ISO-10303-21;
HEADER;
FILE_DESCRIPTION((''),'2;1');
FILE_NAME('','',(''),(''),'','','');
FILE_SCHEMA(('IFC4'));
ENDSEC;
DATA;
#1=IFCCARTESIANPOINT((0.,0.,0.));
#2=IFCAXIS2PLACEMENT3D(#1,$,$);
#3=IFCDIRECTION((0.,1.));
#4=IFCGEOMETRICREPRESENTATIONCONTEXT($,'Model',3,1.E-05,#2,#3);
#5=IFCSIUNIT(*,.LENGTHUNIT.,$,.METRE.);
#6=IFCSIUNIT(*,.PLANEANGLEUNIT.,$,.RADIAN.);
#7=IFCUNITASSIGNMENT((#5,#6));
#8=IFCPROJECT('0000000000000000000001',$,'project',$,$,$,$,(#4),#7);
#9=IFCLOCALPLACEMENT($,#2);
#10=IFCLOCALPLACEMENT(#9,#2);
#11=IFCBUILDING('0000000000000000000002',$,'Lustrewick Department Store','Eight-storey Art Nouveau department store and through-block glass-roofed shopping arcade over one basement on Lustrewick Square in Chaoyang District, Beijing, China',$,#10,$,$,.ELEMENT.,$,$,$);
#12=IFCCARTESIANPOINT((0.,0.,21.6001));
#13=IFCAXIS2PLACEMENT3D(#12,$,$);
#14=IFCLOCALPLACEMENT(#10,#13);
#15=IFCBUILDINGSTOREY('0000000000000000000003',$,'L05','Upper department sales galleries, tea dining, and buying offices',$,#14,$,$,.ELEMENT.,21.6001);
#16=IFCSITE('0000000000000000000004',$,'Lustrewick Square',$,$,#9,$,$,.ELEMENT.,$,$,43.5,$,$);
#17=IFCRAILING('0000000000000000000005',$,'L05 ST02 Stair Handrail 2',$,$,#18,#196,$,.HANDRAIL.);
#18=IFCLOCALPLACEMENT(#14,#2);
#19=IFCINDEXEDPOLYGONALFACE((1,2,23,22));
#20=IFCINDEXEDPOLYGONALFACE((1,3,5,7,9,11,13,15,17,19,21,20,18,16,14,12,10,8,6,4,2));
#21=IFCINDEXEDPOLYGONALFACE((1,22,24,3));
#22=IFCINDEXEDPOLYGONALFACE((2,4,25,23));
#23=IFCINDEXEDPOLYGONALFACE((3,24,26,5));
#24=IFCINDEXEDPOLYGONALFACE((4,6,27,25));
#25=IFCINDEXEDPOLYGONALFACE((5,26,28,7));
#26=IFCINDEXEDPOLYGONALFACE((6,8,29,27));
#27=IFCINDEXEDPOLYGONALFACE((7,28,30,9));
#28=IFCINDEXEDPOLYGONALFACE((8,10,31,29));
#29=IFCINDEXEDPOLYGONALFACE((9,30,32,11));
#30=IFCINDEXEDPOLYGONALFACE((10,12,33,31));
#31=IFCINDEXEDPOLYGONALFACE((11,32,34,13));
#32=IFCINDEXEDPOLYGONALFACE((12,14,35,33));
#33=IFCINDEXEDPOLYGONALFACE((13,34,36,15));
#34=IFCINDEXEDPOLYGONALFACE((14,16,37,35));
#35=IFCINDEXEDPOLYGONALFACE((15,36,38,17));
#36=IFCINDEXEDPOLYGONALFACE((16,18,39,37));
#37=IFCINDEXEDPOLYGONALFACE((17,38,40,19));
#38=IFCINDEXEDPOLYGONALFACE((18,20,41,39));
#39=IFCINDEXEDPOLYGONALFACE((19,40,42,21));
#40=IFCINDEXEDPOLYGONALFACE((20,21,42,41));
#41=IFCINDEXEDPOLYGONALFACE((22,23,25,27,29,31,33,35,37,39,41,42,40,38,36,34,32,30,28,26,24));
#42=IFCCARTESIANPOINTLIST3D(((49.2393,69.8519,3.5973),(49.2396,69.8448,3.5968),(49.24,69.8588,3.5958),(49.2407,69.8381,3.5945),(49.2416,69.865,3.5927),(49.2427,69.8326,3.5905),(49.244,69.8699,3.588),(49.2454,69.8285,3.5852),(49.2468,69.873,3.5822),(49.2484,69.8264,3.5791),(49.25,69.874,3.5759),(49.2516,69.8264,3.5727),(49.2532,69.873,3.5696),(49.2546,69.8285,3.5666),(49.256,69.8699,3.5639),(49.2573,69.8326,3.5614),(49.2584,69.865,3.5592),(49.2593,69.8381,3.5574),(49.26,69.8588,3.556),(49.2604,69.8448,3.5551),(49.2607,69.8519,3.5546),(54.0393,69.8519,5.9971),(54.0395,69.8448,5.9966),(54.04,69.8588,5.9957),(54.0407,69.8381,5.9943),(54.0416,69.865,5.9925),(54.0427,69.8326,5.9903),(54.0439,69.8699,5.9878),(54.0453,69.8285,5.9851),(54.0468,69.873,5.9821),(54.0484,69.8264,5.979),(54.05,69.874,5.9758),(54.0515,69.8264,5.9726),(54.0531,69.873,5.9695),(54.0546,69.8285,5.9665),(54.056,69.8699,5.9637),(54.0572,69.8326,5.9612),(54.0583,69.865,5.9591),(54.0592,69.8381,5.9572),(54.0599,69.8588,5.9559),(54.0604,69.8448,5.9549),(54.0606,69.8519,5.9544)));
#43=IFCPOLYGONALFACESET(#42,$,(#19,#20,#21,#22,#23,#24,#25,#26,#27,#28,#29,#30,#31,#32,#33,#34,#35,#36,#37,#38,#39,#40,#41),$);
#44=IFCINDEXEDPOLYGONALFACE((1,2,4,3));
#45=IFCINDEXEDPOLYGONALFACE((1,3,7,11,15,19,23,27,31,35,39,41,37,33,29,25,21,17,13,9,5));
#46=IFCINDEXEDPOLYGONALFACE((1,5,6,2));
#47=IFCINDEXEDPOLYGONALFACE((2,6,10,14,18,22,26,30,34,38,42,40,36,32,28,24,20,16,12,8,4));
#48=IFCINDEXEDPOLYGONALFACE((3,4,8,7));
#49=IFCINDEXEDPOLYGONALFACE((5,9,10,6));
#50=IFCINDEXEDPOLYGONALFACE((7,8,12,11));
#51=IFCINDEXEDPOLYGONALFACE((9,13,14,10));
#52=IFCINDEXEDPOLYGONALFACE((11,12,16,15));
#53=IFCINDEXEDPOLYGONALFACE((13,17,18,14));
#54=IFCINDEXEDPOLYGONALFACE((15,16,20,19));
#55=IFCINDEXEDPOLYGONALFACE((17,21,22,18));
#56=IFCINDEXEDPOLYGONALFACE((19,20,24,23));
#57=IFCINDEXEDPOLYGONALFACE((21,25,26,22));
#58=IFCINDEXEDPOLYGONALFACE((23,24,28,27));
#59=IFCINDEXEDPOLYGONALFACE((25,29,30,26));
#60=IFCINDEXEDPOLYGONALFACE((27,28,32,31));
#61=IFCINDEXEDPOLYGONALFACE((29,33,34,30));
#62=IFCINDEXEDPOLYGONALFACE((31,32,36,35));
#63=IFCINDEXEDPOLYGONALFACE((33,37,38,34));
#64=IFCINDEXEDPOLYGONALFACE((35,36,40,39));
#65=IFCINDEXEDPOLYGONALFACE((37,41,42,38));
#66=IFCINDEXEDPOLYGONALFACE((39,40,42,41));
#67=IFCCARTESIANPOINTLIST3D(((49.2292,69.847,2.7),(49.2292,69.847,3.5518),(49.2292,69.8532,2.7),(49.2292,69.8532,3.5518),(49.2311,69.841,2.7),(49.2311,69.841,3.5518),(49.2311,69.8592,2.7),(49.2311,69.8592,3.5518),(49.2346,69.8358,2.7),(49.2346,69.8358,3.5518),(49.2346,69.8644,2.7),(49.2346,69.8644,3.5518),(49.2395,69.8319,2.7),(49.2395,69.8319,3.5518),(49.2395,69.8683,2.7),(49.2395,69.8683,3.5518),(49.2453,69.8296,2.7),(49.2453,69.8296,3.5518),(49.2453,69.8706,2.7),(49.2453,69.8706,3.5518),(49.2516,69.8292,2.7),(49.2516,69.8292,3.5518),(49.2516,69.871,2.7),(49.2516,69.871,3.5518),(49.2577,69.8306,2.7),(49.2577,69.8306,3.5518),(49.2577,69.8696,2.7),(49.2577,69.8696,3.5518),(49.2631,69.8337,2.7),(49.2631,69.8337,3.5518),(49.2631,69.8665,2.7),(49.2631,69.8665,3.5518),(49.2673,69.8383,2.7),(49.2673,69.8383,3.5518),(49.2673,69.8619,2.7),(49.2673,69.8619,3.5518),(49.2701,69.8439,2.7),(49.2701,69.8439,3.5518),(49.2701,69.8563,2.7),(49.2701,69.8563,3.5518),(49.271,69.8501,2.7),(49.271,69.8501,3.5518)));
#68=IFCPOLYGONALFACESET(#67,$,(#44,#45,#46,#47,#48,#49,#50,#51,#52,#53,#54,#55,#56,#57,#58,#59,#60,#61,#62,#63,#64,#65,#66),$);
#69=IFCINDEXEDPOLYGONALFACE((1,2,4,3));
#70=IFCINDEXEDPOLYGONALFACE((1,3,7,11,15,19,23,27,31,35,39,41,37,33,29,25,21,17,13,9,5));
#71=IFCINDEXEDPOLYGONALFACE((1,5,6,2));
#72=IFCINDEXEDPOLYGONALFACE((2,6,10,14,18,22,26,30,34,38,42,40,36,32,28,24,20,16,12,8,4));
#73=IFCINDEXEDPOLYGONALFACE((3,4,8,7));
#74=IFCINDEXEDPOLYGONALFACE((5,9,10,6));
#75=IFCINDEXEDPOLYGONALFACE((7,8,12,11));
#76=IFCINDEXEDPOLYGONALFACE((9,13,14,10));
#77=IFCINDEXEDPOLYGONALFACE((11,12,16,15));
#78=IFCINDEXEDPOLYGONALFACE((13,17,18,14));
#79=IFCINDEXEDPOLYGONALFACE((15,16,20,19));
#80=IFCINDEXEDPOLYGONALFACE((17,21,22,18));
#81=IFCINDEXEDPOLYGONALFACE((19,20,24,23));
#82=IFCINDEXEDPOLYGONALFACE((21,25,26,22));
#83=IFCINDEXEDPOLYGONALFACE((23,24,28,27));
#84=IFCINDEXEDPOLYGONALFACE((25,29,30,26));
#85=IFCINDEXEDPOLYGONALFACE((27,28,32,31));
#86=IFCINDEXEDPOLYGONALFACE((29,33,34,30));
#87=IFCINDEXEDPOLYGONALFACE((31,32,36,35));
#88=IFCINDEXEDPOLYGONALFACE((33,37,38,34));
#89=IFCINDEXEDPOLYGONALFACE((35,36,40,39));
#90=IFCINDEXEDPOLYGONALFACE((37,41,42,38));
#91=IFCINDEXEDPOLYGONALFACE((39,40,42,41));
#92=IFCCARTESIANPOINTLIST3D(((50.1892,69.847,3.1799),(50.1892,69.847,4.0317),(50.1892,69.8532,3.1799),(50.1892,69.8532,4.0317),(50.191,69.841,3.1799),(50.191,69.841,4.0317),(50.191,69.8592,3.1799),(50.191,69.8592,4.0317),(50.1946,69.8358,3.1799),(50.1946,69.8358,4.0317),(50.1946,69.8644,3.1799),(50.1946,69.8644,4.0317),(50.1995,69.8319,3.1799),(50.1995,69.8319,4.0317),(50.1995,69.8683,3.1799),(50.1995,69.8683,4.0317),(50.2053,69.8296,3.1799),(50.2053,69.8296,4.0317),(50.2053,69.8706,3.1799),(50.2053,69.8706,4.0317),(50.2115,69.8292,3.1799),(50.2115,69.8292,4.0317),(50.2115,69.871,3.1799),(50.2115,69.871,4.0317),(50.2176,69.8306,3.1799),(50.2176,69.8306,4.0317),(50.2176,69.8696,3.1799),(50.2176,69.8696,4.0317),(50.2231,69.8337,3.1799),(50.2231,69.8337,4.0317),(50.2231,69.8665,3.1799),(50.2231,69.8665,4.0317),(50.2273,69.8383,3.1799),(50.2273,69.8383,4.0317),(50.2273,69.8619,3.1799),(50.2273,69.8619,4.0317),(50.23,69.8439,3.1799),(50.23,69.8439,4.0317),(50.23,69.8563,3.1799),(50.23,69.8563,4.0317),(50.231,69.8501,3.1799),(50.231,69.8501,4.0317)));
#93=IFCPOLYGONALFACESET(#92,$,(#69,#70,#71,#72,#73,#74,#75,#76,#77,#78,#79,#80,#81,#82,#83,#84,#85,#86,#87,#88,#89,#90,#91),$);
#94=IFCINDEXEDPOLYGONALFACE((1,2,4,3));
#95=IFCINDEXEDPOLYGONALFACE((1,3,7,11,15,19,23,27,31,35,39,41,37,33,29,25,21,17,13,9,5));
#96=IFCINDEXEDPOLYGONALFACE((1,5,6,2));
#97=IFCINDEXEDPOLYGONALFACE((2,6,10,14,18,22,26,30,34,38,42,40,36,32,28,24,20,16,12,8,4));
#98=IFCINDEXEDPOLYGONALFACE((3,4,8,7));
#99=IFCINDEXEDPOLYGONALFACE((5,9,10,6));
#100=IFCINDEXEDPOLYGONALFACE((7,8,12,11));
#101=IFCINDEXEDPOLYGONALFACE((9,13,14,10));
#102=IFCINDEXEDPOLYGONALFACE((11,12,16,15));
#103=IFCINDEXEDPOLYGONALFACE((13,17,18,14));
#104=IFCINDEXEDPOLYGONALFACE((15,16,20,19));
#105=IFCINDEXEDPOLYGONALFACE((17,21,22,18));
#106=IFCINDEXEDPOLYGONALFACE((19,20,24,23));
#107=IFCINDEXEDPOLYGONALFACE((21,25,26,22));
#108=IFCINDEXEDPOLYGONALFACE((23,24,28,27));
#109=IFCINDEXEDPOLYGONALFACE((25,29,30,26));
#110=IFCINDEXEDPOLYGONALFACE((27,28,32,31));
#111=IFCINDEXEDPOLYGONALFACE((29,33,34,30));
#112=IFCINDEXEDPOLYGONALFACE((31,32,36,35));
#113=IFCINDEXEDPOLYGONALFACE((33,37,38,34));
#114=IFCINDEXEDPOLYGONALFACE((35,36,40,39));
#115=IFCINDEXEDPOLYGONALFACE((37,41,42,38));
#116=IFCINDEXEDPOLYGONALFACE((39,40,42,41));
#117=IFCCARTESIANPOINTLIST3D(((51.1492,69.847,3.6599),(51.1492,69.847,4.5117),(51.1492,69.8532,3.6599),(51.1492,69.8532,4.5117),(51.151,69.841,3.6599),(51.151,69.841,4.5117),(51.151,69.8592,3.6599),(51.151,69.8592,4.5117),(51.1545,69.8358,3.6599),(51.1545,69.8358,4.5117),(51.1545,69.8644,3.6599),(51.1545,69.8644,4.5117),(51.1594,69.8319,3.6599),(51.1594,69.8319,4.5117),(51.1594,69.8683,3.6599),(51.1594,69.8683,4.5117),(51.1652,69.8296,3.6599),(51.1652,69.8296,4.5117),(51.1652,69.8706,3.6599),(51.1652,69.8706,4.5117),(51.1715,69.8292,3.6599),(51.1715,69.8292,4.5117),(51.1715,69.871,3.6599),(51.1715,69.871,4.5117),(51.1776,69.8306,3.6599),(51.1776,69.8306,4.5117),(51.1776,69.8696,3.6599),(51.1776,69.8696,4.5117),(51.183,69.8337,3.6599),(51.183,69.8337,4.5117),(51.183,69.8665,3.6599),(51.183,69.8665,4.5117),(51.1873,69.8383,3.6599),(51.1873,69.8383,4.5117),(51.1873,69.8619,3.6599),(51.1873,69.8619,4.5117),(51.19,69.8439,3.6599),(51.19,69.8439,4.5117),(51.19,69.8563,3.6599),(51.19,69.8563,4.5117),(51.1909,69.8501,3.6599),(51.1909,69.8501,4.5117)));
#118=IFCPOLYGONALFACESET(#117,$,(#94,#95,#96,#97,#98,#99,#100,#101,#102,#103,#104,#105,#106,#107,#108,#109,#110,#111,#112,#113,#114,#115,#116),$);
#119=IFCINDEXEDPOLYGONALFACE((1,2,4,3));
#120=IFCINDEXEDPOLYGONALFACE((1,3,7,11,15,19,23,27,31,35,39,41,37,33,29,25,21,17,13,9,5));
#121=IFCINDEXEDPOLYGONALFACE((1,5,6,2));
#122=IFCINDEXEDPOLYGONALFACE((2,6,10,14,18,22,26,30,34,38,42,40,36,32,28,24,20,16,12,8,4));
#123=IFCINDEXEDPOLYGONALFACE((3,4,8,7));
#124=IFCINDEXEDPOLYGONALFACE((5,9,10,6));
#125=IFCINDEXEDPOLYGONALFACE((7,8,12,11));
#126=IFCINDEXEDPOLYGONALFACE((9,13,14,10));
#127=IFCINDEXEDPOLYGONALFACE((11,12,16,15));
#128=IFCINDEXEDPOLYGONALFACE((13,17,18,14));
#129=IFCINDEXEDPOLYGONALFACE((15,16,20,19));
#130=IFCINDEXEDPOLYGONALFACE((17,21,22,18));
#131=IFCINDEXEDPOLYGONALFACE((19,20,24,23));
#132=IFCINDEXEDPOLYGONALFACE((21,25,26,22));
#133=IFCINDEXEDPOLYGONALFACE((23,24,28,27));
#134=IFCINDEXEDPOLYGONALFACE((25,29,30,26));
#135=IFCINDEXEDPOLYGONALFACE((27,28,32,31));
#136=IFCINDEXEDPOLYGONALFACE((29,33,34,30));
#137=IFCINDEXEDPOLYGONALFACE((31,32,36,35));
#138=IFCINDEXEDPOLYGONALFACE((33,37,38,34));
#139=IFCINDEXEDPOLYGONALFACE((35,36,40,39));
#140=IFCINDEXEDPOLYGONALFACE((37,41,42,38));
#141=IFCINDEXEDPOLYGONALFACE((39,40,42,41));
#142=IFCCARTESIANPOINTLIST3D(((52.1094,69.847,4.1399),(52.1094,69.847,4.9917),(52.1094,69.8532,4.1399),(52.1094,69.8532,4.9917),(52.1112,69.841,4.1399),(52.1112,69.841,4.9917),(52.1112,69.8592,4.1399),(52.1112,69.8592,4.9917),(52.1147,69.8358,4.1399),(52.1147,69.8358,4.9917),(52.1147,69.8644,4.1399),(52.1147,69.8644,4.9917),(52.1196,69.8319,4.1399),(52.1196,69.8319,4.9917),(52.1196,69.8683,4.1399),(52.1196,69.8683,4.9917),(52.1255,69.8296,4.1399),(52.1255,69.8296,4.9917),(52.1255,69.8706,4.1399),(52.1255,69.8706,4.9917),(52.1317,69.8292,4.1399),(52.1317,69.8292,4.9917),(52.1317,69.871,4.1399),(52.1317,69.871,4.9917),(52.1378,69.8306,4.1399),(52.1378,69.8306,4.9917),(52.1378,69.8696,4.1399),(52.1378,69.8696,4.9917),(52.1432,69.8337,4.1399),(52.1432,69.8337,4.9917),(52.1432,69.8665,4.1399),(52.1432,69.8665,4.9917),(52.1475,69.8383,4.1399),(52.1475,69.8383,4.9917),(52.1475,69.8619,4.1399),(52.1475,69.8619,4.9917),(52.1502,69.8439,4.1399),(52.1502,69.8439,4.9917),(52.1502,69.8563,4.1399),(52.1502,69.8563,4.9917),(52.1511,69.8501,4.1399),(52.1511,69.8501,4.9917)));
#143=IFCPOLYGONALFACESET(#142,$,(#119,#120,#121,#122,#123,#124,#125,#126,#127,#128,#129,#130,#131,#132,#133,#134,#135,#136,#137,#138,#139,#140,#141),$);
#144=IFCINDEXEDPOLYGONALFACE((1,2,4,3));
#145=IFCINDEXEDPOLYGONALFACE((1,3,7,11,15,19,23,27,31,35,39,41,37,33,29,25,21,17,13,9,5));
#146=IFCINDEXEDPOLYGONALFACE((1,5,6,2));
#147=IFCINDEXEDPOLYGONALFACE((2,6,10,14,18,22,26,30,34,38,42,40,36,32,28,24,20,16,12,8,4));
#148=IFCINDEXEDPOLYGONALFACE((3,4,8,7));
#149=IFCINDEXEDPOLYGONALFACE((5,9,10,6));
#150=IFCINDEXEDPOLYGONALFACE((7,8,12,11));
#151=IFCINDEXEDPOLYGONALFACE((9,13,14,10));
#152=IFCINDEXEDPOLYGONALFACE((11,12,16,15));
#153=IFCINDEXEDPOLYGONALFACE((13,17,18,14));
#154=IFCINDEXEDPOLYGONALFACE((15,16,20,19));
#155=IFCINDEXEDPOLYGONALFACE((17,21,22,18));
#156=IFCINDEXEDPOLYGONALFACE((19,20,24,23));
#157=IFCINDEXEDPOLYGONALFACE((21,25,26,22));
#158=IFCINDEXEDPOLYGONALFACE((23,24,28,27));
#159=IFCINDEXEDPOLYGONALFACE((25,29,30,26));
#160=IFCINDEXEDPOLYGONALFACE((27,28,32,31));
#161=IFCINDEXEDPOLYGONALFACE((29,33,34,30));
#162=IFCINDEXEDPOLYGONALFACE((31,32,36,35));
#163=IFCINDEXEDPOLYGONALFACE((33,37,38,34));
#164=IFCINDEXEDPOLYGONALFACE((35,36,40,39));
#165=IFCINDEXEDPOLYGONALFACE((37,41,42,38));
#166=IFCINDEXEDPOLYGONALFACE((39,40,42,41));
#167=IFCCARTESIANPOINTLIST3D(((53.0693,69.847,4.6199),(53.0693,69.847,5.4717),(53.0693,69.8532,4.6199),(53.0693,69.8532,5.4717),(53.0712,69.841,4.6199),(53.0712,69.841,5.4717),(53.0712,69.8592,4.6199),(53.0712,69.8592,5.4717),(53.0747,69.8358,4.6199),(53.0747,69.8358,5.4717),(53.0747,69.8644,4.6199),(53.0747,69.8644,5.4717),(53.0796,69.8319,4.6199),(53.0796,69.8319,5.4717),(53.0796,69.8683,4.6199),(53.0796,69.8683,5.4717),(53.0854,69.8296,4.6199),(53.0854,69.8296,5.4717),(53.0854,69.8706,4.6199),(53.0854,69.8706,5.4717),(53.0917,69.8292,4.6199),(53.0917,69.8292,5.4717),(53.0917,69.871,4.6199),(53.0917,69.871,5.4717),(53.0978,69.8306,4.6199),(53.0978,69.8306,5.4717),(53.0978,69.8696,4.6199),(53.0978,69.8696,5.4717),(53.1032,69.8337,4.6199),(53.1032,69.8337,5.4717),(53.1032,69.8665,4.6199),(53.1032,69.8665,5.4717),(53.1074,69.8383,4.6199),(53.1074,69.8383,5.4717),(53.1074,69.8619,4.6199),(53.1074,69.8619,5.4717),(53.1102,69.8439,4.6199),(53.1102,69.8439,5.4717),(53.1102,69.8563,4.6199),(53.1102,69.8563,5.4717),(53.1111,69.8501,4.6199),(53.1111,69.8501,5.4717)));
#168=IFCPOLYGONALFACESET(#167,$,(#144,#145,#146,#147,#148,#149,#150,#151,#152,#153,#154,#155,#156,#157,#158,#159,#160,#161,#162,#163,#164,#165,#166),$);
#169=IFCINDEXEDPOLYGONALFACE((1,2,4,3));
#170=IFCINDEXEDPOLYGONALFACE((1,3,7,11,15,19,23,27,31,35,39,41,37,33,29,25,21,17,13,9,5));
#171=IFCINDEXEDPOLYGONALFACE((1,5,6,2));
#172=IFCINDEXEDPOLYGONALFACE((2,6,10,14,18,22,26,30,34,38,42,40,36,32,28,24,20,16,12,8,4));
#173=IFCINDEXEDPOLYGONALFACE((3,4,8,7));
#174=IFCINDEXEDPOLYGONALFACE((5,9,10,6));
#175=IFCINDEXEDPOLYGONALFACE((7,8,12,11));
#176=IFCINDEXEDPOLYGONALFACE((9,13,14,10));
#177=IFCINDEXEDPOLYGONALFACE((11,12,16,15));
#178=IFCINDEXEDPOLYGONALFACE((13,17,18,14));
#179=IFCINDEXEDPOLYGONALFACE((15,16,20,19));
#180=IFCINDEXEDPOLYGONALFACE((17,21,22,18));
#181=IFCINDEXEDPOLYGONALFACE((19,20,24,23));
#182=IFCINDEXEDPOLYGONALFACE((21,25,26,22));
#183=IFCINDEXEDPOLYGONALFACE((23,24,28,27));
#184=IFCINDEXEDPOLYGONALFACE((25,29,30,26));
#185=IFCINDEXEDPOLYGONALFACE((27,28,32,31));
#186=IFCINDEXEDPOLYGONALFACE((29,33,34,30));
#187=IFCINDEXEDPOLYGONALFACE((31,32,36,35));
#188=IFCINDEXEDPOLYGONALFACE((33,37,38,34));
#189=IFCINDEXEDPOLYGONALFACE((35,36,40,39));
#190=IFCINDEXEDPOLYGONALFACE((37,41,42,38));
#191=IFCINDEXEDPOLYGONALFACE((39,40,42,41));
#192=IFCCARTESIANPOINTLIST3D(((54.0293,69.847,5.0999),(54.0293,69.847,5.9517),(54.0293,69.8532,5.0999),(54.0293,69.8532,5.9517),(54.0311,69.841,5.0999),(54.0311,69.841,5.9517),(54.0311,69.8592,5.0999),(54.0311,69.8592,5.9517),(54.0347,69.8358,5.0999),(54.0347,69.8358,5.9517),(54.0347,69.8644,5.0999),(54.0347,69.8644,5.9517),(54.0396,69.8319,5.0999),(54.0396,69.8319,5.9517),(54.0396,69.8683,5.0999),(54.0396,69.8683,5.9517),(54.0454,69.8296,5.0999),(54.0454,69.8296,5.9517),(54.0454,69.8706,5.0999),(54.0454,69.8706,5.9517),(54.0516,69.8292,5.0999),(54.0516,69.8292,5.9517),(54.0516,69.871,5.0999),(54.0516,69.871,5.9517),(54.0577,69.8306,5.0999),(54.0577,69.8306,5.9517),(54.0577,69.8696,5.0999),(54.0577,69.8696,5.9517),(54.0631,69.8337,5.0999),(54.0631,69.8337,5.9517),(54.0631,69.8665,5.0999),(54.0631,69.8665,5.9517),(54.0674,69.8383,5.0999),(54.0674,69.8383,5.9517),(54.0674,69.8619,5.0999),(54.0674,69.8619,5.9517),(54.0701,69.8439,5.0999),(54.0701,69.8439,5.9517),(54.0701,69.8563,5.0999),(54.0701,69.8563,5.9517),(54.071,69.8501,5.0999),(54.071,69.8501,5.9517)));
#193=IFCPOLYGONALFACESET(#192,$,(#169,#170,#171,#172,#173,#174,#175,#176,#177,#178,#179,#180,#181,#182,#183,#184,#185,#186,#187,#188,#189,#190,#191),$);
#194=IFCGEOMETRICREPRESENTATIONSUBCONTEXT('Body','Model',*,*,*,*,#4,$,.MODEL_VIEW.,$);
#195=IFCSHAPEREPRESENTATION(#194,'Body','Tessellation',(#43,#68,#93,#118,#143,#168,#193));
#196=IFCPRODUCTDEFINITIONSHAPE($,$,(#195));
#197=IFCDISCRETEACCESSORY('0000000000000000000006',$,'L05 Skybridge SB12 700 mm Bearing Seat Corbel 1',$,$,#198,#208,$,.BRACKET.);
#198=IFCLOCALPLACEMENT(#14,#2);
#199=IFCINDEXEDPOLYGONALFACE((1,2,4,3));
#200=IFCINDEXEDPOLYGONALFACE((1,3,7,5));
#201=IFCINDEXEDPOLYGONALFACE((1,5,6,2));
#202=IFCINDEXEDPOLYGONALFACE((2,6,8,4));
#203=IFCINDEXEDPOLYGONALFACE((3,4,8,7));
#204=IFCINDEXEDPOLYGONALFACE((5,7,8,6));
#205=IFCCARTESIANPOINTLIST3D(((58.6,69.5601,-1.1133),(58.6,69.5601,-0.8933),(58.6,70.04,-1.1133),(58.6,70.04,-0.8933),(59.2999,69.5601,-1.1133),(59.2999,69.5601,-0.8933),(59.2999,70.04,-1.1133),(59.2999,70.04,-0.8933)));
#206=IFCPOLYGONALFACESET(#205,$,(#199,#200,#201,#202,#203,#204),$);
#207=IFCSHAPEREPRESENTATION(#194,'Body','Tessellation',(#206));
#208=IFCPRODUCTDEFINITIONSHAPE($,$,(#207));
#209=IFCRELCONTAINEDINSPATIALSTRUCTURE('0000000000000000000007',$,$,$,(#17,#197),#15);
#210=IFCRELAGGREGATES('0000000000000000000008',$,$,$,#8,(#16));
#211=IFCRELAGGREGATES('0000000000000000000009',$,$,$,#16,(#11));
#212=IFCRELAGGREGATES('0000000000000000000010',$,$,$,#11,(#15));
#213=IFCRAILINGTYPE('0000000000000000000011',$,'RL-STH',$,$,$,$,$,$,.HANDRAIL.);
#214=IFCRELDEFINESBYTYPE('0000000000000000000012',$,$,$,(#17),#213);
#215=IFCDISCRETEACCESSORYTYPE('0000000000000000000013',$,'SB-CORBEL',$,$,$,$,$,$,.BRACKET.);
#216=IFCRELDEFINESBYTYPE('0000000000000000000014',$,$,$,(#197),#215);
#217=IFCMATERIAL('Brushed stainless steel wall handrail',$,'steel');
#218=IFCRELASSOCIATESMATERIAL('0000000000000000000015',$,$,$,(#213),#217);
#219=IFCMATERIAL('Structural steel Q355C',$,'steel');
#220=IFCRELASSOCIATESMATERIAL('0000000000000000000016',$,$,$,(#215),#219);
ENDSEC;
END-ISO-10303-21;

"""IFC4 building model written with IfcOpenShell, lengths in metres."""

from ifc_helpers import new_model, si_unit, direction, frame, origin, origin_2d, place, context, subcontext, project, spatial, rectangle, circle, extrude, material, type_object, element, save


model = new_model("IFC4")

# Units and contexts
model_context = context("Model", 3, precision=1e-05, world=origin(), true_north=direction((0.0, 1.0)))
body_context = subcontext(model_context, "Body", "Model", "MODEL_VIEW")
ifc_project = project(units=[si_unit("LENGTHUNIT", "METRE"), si_unit("PLANEANGLEUNIT", "RADIAN")], contexts=[model_context])

# Site, building, storey
site_placement = place(None, origin())
site = spatial("IfcSite", under=ifc_project, at=site_placement, Name="Lustrewick Square", CompositionType="ELEMENT", RefElevation=43.5)
building_placement = place(site_placement, origin())
building = spatial("IfcBuilding", under=site, at=building_placement, Name="Lustrewick Department Store", Description="Eight-storey Art Nouveau department store and through-block glass-roofed shopping arcade over one basement on Lustrewick Square in Chaoyang District, Beijing, China", CompositionType="ELEMENT")
storey_placement = place(building_placement, frame((0.0, 0.0, 21.6001)))
storey = spatial("IfcBuildingStorey", under=building, at=storey_placement, Name="L05", Description="Upper department sales galleries, tea dining, and buying offices", CompositionType="ELEMENT", Elevation=21.6001)

# Shared definitions
ifc_material_1 = material(Name="Structural steel Q355C", Category="steel")

# Railing
ifc_material_2 = material(Name="Brushed stainless steel wall handrail", Category="steel")
railing_type_1 = type_object("IfcRailingType", Name="RL-STH", PredefinedType="HANDRAIL", material=ifc_material_2)
railing_1_placement = place(storey_placement, frame((49.25, 69.8501, 2.7)))
element("IfcRailing", 1, at=railing_1_placement, inside=storey, type_object=railing_type_1, Name="L05 ST02 Stair Handrail 2", PredefinedType="HANDRAIL", context=body_context, shape_type="SweptSolid", body=[
    extrude(circle(Radius=0.0239, at=origin_2d()), frame((0.0, 0.0, 0.876), z_axis=(0.894436, 0.0, 0.447195), x_axis=(0.0, 1.0, 0.0)), (0.0, 0.0, 1.0), 5.3665),
    extrude(circle(Radius=0.021, at=origin_2d()), origin(), (0.0, 0.0, 1.0), 0.8518),
    extrude(circle(Radius=0.021, at=origin_2d()), frame((0.96, 0.0, 0.48)), (0.0, 0.0, 1.0), 0.8518),
    extrude(circle(Radius=0.021, at=origin_2d()), frame((1.9199, 0.0, 0.96)), (0.0, 0.0, 1.0), 0.8518),
    extrude(circle(Radius=0.021, at=origin_2d()), frame((2.8801, 0.0, 1.4399)), (0.0, 0.0, 1.0), 0.8518),
    extrude(circle(Radius=0.021, at=origin_2d()), frame((3.8401, 0.0, 1.9199)), (0.0, 0.0, 1.0), 0.8518),
    extrude(circle(Radius=0.021, at=origin_2d()), frame((4.8, 0.0, 2.3999)), (0.0, 0.0, 1.0), 0.8518),
])

# Discrete accessory
discrete_accessory_type_1 = type_object("IfcDiscreteAccessoryType", Name="SB-CORBEL", PredefinedType="BRACKET", material=ifc_material_1)
discrete_accessory_1_placement = place(storey_placement, frame((58.95, 69.8, -1.1133), z_axis=(0.0, 0.0, 1.0), x_axis=(1.0, 0.0, 0.0)))
element("IfcDiscreteAccessory", 2, at=discrete_accessory_1_placement, inside=storey, type_object=discrete_accessory_type_1, Name="L05 Skybridge SB12 700 mm Bearing Seat Corbel 1", PredefinedType="BRACKET", context=body_context, shape_type="SweptSolid", body=[
    extrude(rectangle(XDim=0.7, YDim=0.48, at=origin_2d()), origin(), (0.0, 0.0, 1.0), 0.22),
])

save(model, "model.ifc")
